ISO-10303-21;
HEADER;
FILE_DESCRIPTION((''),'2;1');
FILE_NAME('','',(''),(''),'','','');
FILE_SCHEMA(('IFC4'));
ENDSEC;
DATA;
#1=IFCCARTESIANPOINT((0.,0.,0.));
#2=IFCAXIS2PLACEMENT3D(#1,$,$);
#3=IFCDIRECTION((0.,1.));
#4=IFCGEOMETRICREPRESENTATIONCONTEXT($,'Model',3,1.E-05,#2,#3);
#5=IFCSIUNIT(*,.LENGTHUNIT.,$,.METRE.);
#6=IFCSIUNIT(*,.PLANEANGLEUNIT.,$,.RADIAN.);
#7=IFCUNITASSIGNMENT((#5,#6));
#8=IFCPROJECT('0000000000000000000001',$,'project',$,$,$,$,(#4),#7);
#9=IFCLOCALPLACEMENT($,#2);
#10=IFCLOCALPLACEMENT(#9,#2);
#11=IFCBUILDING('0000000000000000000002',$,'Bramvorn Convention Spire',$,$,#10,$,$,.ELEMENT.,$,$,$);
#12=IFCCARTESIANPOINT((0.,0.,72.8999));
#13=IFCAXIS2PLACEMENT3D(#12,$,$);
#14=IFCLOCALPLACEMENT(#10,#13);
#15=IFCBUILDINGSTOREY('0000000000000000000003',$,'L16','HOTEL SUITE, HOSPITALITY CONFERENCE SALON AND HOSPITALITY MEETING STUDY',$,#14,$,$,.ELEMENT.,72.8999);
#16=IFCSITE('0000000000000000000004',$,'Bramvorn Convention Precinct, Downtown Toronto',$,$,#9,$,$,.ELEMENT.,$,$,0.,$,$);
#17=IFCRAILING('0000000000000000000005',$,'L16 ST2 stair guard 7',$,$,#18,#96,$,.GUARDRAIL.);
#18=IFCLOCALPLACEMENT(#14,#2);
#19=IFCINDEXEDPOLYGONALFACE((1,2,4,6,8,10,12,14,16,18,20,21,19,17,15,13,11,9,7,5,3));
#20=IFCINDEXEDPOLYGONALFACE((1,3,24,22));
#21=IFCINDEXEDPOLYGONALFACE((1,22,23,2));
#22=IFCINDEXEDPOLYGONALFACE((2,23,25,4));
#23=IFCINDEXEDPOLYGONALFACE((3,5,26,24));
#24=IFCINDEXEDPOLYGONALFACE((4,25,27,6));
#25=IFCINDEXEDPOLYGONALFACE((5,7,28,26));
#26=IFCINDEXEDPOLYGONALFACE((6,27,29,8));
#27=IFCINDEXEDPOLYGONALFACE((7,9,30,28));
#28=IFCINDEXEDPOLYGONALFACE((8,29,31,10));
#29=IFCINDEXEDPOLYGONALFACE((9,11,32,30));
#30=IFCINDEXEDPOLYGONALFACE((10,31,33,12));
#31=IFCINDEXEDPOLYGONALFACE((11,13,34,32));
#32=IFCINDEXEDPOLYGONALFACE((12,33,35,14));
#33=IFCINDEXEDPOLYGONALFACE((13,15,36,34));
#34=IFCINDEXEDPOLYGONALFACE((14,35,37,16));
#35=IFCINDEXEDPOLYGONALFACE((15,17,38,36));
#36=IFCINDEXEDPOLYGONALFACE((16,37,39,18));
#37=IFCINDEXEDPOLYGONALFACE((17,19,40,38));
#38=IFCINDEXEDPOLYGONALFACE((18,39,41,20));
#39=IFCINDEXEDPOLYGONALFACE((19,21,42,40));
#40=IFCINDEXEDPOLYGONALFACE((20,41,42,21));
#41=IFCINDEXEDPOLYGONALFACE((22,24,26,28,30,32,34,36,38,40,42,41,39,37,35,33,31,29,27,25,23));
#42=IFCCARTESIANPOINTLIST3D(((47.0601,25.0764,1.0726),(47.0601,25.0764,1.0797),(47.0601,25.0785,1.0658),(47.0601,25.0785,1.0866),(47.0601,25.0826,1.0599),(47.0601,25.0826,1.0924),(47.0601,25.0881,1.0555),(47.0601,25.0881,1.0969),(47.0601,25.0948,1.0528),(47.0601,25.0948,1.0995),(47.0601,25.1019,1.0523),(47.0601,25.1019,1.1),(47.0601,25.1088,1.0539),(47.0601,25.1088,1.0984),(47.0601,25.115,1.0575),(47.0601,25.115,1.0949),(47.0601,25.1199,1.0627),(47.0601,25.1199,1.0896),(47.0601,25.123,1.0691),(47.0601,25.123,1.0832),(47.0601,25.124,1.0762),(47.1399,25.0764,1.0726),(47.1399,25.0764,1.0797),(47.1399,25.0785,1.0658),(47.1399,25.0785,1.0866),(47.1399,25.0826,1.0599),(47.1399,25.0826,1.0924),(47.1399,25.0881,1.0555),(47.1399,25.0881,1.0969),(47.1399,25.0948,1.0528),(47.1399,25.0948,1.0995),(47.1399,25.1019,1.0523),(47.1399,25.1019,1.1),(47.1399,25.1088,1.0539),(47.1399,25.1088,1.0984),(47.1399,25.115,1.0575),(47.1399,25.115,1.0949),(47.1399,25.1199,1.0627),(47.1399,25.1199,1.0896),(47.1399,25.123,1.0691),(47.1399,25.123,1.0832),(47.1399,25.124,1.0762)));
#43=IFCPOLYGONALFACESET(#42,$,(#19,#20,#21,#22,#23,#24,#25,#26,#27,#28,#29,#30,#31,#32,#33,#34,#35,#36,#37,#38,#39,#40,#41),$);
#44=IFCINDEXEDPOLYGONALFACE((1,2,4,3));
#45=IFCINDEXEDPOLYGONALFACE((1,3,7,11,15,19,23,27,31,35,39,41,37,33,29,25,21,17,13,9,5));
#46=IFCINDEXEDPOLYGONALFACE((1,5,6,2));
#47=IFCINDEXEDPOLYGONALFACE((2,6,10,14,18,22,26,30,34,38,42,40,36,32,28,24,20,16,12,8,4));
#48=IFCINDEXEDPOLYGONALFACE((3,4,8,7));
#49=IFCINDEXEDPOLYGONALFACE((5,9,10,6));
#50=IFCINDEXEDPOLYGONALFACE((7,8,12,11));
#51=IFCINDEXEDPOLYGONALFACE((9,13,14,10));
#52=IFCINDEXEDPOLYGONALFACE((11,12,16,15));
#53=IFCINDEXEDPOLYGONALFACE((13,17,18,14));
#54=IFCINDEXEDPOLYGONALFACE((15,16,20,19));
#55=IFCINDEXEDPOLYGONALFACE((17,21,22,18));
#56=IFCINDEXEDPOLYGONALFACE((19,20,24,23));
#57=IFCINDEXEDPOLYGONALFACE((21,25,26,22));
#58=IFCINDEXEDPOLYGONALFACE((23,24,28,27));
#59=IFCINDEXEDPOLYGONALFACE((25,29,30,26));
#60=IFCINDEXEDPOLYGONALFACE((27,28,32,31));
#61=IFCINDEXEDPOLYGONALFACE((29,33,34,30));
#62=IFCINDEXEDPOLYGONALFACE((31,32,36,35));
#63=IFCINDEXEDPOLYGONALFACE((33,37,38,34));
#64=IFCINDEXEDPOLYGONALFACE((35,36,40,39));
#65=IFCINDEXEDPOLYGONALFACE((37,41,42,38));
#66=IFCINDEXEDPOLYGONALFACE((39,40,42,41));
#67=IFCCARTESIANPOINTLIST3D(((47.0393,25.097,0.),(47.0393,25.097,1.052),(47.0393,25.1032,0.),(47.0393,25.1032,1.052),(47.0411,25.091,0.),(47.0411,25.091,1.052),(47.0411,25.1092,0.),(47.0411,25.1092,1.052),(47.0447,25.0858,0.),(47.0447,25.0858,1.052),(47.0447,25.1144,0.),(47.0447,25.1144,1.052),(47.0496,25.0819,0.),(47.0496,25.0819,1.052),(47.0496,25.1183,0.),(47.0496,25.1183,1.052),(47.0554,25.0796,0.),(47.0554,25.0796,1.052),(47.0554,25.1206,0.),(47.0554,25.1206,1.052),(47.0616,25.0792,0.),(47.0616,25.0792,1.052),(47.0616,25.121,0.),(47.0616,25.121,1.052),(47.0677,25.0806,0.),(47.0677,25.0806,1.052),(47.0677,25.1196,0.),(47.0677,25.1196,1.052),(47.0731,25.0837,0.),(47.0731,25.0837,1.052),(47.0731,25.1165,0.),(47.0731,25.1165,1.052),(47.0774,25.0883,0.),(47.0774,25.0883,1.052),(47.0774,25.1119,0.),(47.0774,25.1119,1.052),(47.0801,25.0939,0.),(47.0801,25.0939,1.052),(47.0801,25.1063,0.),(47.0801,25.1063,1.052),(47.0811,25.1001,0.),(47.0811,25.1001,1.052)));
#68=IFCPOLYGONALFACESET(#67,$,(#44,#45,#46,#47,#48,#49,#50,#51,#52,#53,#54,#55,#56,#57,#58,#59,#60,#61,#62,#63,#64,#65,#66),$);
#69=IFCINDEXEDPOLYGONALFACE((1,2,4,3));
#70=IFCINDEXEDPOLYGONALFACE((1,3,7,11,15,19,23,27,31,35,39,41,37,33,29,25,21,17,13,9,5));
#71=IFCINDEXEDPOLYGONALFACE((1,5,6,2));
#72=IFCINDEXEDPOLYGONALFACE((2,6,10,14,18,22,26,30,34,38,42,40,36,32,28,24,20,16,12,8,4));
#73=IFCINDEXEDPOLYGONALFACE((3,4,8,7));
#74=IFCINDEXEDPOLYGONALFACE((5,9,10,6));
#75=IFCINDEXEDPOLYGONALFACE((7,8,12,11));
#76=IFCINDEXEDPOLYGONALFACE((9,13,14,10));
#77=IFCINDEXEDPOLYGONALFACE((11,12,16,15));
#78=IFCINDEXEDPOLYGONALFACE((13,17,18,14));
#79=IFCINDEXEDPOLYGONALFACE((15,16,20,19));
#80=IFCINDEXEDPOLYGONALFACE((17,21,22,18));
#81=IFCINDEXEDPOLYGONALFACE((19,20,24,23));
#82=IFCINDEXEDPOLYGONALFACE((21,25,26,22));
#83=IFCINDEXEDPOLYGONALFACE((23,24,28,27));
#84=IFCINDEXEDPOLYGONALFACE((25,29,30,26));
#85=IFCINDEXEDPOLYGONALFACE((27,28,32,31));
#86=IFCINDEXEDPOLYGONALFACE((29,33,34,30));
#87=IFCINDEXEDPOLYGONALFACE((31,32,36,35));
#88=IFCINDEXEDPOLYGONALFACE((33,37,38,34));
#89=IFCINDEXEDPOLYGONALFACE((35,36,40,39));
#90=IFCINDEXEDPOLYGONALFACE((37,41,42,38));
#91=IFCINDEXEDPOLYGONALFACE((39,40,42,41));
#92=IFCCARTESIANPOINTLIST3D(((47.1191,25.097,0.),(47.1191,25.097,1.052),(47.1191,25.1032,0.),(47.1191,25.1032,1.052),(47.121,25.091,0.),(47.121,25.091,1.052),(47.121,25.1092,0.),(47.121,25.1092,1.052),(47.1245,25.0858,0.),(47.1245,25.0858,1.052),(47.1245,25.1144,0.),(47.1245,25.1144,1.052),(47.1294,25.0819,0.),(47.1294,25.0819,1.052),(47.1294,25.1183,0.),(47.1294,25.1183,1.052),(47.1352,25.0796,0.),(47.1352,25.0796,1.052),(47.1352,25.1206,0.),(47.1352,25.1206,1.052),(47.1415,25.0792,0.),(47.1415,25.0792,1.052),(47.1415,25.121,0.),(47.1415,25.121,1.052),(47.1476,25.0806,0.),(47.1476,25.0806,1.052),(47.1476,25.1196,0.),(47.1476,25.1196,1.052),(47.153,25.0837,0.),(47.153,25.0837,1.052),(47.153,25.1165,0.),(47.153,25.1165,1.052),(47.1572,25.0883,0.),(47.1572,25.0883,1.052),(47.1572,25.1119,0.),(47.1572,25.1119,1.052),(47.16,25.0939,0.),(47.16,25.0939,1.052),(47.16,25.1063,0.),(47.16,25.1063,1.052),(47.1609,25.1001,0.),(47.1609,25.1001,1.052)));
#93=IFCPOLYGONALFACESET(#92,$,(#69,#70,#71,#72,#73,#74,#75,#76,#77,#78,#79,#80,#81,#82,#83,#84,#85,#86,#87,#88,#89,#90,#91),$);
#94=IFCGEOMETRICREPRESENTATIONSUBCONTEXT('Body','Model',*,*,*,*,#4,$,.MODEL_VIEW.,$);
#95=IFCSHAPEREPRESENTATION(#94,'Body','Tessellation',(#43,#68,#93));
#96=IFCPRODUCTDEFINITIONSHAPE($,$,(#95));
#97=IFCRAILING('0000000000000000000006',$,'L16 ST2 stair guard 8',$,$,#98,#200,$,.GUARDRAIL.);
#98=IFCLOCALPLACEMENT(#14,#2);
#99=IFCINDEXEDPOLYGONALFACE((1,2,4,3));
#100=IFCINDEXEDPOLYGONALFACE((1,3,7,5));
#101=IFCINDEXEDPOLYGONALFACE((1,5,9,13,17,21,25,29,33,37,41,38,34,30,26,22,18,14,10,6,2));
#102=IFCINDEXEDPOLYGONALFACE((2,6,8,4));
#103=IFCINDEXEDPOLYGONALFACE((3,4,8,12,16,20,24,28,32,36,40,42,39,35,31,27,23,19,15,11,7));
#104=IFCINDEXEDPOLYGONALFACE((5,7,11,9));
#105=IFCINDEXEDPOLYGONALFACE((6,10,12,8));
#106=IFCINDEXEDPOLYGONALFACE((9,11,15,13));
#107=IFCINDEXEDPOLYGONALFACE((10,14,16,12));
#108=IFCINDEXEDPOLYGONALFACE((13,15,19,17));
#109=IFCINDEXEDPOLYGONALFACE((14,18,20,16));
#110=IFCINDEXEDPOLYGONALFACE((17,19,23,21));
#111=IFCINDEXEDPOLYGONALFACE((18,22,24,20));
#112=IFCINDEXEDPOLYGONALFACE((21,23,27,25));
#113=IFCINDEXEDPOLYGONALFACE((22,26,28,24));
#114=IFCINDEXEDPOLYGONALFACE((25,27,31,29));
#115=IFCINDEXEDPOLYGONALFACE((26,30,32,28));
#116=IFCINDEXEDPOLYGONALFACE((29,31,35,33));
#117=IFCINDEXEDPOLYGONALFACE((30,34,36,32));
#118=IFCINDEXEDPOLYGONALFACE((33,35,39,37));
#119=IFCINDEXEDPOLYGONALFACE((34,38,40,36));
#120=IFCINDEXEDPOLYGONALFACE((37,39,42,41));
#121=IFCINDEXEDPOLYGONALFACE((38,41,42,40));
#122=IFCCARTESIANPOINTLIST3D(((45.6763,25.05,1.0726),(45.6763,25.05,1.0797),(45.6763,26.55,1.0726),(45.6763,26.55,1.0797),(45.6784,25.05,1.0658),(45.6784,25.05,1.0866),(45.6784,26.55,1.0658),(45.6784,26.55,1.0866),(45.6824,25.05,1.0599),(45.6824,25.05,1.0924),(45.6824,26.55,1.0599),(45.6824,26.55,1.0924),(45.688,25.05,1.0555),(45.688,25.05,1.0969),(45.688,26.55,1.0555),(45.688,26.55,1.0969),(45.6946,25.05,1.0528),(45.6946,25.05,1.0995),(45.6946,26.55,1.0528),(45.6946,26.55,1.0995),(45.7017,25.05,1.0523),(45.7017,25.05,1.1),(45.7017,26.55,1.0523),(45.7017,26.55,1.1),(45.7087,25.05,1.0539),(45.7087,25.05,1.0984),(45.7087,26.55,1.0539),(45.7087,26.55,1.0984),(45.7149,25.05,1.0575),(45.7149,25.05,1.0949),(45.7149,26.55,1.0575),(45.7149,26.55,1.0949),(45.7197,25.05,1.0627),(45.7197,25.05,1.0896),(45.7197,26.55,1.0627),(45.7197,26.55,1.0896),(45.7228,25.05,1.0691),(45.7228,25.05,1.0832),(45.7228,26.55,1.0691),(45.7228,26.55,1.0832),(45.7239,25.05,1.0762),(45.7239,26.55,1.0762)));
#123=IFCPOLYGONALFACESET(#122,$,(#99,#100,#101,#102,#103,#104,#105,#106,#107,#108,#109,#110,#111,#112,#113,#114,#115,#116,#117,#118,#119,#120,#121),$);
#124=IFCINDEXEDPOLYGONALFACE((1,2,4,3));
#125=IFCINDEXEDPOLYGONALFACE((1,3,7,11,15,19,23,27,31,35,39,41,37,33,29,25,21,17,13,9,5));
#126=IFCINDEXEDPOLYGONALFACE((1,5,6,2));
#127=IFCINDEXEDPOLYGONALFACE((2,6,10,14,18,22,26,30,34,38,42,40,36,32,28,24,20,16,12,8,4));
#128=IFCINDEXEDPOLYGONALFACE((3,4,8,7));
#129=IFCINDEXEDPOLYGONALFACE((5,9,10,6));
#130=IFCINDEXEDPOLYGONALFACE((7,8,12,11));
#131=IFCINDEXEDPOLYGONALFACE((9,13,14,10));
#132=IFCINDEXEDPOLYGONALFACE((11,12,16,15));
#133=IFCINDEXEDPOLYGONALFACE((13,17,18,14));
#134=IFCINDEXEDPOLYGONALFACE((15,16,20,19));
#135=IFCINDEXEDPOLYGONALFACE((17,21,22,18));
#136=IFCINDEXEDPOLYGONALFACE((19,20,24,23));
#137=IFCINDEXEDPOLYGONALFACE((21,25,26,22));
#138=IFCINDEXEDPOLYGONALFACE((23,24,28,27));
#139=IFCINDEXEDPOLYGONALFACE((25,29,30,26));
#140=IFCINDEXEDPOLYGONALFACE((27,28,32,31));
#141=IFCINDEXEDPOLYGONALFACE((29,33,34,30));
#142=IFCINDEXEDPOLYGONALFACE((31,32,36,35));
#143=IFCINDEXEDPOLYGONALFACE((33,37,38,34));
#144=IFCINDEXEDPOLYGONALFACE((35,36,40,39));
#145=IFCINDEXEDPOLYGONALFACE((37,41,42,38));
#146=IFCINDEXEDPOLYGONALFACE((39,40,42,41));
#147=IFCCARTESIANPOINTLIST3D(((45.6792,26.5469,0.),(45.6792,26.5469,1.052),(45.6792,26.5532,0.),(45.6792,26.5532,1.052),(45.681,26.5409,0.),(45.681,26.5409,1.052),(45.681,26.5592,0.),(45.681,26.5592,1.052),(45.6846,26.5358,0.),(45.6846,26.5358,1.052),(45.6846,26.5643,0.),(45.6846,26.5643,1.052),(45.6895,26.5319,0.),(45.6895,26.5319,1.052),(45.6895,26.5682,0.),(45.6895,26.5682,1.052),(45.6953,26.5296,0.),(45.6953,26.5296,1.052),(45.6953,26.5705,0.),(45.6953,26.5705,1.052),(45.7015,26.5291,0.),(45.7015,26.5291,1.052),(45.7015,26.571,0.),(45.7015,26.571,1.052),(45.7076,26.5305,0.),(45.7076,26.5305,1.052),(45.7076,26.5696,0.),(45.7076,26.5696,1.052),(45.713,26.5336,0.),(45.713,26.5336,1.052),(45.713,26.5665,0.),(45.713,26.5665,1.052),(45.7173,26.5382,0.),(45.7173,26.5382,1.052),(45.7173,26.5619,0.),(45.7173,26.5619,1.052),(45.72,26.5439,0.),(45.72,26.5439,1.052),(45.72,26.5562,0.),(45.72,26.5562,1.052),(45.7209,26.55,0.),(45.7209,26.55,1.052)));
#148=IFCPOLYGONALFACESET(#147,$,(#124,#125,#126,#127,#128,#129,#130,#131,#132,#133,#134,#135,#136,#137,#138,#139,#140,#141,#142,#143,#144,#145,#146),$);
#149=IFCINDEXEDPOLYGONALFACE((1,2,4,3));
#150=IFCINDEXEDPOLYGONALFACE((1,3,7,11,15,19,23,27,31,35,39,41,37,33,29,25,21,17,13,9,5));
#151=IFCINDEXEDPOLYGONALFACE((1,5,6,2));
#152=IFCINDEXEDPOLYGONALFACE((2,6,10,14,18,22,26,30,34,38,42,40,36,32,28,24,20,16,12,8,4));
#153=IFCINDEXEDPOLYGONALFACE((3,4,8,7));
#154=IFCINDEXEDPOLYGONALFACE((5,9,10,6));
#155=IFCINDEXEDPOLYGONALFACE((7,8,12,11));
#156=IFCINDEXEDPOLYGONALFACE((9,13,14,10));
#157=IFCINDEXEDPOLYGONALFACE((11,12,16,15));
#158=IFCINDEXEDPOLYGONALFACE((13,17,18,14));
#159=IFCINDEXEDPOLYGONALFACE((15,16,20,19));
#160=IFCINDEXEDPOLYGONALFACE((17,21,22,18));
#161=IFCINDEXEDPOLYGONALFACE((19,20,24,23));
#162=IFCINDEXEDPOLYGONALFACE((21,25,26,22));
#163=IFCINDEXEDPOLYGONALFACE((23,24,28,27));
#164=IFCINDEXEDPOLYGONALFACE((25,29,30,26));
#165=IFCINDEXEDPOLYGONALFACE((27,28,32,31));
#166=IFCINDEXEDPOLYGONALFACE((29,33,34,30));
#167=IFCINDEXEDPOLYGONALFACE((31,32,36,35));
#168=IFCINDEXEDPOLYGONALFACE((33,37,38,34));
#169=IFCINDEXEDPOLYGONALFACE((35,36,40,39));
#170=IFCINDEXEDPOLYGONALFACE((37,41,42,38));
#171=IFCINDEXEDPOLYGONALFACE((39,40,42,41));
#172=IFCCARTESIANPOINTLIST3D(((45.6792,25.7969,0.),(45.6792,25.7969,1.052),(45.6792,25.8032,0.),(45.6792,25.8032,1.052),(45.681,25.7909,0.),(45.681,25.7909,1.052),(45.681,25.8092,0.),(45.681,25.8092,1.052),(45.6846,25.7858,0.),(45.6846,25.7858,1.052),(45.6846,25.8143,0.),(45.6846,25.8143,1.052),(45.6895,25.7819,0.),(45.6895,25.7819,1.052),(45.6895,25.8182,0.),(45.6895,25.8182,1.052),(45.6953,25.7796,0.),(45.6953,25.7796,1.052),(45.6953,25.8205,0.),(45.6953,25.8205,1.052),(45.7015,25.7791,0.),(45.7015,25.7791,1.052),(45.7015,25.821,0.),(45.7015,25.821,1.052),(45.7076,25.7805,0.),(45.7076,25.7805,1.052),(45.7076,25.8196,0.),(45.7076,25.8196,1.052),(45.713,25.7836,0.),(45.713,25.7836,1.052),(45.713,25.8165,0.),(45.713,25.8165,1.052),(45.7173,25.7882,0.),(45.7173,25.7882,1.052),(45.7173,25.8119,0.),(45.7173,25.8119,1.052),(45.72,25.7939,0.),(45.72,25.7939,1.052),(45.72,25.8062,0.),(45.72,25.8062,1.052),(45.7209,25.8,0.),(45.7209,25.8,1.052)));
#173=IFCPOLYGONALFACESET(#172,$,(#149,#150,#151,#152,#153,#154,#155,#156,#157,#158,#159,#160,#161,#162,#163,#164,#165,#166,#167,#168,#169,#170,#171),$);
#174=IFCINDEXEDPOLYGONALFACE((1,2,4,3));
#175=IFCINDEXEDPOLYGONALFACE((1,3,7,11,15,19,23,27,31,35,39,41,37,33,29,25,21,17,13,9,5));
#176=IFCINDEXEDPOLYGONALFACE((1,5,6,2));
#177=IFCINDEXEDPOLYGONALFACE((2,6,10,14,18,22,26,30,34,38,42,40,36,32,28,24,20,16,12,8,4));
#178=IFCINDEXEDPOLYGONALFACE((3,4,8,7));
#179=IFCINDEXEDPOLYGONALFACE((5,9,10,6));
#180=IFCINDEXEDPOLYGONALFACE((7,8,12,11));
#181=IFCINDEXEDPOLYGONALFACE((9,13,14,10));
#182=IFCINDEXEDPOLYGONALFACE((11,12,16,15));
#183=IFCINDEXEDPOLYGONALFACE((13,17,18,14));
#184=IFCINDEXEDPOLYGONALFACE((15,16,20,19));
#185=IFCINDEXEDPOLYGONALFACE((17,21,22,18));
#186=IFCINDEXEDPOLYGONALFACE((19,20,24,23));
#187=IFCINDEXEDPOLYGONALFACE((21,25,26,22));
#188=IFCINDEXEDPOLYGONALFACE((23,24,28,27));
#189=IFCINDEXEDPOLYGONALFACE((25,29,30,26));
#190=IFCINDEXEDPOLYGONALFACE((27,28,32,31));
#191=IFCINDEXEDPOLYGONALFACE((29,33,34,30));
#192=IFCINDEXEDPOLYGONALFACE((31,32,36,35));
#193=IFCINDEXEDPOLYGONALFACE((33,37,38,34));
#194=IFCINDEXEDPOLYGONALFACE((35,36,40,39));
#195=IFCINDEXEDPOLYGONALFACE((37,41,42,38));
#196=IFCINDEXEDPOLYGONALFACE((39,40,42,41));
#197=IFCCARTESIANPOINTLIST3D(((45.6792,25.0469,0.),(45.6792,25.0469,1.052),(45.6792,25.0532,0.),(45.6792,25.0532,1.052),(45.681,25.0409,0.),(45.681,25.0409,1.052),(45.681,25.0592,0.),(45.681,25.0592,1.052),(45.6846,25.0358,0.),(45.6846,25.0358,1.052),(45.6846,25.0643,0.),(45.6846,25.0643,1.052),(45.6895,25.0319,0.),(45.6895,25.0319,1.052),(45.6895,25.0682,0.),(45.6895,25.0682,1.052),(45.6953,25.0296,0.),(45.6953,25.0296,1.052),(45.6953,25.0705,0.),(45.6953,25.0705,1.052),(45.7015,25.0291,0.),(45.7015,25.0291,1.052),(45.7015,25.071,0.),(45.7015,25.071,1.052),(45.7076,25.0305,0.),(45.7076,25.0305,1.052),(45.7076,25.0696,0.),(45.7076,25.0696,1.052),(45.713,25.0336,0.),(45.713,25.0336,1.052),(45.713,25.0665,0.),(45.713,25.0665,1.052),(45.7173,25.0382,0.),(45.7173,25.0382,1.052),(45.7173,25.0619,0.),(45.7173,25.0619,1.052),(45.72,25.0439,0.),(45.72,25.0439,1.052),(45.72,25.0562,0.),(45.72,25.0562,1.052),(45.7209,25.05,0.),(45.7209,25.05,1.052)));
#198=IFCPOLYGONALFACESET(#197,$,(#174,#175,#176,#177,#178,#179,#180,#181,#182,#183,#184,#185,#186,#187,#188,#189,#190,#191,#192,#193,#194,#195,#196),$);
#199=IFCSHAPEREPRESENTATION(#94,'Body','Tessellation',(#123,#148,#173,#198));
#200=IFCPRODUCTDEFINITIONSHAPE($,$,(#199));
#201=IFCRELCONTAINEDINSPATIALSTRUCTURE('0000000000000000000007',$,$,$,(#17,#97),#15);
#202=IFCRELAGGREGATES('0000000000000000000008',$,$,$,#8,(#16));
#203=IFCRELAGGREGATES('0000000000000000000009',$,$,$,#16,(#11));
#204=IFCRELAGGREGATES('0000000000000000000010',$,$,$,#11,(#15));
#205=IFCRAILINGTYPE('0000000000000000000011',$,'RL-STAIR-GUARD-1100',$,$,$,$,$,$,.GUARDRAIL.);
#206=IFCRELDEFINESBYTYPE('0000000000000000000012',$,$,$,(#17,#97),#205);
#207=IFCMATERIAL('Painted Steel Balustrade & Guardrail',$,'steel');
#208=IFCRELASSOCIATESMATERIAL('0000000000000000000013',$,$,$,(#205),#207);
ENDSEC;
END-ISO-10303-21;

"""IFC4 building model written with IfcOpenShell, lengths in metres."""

from ifc_helpers import new_model, si_unit, direction, frame, origin, origin_2d, place, context, subcontext, project, spatial, circle, extrude, material, type_object, element, save


model = new_model("IFC4")

# Units and contexts
model_context = context("Model", 3, precision=1e-05, world=origin(), true_north=direction((0.0, 1.0)))
body_context = subcontext(model_context, "Body", "Model", "MODEL_VIEW")
ifc_project = project(units=[si_unit("LENGTHUNIT", "METRE"), si_unit("PLANEANGLEUNIT", "RADIAN")], contexts=[model_context])

# Site, building, storey
site_placement = place(None, origin())
site = spatial("IfcSite", under=ifc_project, at=site_placement, Name="Bramvorn Convention Precinct, Downtown Toronto", CompositionType="ELEMENT", RefElevation=0.0)
building_placement = place(site_placement, origin())
building = spatial("IfcBuilding", under=site, at=building_placement, Name="Bramvorn Convention Spire", CompositionType="ELEMENT")
storey_placement = place(building_placement, frame((0.0, 0.0, 72.8999)))
storey = spatial("IfcBuildingStorey", under=building, at=storey_placement, Name="L16", Description="HOTEL SUITE, HOSPITALITY CONFERENCE SALON AND HOSPITALITY MEETING STUDY", CompositionType="ELEMENT", Elevation=72.8999)

# Railings
ifc_material_1 = material(Name="Painted Steel Balustrade & Guardrail", Category="steel")
railing_type_1 = type_object("IfcRailingType", Name="RL-STAIR-GUARD-1100", PredefinedType="GUARDRAIL", material=ifc_material_1)
railing_1_placement = place(storey_placement, frame((47.0601, 25.1001, 0.0)))
element("IfcRailing", 1, at=railing_1_placement, inside=storey, type_object=railing_type_1, Name="L16 ST2 stair guard 7", PredefinedType="GUARDRAIL", context=body_context, shape_type="SweptSolid", body=[
    extrude(circle(Radius=0.0239, at=origin_2d()), frame((0.0, 0.0, 1.0762), z_axis=(1.0, 0.0, 0.0), x_axis=(0.0, 1.0, 0.0)), (0.0, 0.0, 1.0), 0.0798),
    extrude(circle(Radius=0.021, at=origin_2d()), origin(), (0.0, 0.0, 1.0), 1.052),
    extrude(circle(Radius=0.021, at=origin_2d()), frame((0.0798, 0.0, 0.0)), (0.0, 0.0, 1.0), 1.052),
])
for number, where, name in (
    (2, (45.7, 26.55, 0.0), "L16 ST2 stair guard 8"),
):
    element("IfcRailing", number, at=place(storey_placement, frame(where)), inside=storey, type_object=railing_type_1, Name=name, PredefinedType="GUARDRAIL", context=body_context, shape_type="SweptSolid", body=[
        extrude(circle(Radius=0.0239, at=origin_2d()), frame((0.0, 0.0, 1.0762), z_axis=(0.0, -1.0, 0.0), x_axis=(1.0, 0.0, 0.0)), (0.0, 0.0, 1.0), 1.5),
        extrude(circle(Radius=0.021, at=origin_2d()), origin(), (0.0, 0.0, 1.0), 1.052),
        extrude(circle(Radius=0.021, at=origin_2d()), frame((0.0, -0.75, 0.0)), (0.0, 0.0, 1.0), 1.052),
        extrude(circle(Radius=0.021, at=origin_2d()), frame((0.0, -1.5, 0.0)), (0.0, 0.0, 1.0), 1.052),
    ])

save(model, "model.ifc")
